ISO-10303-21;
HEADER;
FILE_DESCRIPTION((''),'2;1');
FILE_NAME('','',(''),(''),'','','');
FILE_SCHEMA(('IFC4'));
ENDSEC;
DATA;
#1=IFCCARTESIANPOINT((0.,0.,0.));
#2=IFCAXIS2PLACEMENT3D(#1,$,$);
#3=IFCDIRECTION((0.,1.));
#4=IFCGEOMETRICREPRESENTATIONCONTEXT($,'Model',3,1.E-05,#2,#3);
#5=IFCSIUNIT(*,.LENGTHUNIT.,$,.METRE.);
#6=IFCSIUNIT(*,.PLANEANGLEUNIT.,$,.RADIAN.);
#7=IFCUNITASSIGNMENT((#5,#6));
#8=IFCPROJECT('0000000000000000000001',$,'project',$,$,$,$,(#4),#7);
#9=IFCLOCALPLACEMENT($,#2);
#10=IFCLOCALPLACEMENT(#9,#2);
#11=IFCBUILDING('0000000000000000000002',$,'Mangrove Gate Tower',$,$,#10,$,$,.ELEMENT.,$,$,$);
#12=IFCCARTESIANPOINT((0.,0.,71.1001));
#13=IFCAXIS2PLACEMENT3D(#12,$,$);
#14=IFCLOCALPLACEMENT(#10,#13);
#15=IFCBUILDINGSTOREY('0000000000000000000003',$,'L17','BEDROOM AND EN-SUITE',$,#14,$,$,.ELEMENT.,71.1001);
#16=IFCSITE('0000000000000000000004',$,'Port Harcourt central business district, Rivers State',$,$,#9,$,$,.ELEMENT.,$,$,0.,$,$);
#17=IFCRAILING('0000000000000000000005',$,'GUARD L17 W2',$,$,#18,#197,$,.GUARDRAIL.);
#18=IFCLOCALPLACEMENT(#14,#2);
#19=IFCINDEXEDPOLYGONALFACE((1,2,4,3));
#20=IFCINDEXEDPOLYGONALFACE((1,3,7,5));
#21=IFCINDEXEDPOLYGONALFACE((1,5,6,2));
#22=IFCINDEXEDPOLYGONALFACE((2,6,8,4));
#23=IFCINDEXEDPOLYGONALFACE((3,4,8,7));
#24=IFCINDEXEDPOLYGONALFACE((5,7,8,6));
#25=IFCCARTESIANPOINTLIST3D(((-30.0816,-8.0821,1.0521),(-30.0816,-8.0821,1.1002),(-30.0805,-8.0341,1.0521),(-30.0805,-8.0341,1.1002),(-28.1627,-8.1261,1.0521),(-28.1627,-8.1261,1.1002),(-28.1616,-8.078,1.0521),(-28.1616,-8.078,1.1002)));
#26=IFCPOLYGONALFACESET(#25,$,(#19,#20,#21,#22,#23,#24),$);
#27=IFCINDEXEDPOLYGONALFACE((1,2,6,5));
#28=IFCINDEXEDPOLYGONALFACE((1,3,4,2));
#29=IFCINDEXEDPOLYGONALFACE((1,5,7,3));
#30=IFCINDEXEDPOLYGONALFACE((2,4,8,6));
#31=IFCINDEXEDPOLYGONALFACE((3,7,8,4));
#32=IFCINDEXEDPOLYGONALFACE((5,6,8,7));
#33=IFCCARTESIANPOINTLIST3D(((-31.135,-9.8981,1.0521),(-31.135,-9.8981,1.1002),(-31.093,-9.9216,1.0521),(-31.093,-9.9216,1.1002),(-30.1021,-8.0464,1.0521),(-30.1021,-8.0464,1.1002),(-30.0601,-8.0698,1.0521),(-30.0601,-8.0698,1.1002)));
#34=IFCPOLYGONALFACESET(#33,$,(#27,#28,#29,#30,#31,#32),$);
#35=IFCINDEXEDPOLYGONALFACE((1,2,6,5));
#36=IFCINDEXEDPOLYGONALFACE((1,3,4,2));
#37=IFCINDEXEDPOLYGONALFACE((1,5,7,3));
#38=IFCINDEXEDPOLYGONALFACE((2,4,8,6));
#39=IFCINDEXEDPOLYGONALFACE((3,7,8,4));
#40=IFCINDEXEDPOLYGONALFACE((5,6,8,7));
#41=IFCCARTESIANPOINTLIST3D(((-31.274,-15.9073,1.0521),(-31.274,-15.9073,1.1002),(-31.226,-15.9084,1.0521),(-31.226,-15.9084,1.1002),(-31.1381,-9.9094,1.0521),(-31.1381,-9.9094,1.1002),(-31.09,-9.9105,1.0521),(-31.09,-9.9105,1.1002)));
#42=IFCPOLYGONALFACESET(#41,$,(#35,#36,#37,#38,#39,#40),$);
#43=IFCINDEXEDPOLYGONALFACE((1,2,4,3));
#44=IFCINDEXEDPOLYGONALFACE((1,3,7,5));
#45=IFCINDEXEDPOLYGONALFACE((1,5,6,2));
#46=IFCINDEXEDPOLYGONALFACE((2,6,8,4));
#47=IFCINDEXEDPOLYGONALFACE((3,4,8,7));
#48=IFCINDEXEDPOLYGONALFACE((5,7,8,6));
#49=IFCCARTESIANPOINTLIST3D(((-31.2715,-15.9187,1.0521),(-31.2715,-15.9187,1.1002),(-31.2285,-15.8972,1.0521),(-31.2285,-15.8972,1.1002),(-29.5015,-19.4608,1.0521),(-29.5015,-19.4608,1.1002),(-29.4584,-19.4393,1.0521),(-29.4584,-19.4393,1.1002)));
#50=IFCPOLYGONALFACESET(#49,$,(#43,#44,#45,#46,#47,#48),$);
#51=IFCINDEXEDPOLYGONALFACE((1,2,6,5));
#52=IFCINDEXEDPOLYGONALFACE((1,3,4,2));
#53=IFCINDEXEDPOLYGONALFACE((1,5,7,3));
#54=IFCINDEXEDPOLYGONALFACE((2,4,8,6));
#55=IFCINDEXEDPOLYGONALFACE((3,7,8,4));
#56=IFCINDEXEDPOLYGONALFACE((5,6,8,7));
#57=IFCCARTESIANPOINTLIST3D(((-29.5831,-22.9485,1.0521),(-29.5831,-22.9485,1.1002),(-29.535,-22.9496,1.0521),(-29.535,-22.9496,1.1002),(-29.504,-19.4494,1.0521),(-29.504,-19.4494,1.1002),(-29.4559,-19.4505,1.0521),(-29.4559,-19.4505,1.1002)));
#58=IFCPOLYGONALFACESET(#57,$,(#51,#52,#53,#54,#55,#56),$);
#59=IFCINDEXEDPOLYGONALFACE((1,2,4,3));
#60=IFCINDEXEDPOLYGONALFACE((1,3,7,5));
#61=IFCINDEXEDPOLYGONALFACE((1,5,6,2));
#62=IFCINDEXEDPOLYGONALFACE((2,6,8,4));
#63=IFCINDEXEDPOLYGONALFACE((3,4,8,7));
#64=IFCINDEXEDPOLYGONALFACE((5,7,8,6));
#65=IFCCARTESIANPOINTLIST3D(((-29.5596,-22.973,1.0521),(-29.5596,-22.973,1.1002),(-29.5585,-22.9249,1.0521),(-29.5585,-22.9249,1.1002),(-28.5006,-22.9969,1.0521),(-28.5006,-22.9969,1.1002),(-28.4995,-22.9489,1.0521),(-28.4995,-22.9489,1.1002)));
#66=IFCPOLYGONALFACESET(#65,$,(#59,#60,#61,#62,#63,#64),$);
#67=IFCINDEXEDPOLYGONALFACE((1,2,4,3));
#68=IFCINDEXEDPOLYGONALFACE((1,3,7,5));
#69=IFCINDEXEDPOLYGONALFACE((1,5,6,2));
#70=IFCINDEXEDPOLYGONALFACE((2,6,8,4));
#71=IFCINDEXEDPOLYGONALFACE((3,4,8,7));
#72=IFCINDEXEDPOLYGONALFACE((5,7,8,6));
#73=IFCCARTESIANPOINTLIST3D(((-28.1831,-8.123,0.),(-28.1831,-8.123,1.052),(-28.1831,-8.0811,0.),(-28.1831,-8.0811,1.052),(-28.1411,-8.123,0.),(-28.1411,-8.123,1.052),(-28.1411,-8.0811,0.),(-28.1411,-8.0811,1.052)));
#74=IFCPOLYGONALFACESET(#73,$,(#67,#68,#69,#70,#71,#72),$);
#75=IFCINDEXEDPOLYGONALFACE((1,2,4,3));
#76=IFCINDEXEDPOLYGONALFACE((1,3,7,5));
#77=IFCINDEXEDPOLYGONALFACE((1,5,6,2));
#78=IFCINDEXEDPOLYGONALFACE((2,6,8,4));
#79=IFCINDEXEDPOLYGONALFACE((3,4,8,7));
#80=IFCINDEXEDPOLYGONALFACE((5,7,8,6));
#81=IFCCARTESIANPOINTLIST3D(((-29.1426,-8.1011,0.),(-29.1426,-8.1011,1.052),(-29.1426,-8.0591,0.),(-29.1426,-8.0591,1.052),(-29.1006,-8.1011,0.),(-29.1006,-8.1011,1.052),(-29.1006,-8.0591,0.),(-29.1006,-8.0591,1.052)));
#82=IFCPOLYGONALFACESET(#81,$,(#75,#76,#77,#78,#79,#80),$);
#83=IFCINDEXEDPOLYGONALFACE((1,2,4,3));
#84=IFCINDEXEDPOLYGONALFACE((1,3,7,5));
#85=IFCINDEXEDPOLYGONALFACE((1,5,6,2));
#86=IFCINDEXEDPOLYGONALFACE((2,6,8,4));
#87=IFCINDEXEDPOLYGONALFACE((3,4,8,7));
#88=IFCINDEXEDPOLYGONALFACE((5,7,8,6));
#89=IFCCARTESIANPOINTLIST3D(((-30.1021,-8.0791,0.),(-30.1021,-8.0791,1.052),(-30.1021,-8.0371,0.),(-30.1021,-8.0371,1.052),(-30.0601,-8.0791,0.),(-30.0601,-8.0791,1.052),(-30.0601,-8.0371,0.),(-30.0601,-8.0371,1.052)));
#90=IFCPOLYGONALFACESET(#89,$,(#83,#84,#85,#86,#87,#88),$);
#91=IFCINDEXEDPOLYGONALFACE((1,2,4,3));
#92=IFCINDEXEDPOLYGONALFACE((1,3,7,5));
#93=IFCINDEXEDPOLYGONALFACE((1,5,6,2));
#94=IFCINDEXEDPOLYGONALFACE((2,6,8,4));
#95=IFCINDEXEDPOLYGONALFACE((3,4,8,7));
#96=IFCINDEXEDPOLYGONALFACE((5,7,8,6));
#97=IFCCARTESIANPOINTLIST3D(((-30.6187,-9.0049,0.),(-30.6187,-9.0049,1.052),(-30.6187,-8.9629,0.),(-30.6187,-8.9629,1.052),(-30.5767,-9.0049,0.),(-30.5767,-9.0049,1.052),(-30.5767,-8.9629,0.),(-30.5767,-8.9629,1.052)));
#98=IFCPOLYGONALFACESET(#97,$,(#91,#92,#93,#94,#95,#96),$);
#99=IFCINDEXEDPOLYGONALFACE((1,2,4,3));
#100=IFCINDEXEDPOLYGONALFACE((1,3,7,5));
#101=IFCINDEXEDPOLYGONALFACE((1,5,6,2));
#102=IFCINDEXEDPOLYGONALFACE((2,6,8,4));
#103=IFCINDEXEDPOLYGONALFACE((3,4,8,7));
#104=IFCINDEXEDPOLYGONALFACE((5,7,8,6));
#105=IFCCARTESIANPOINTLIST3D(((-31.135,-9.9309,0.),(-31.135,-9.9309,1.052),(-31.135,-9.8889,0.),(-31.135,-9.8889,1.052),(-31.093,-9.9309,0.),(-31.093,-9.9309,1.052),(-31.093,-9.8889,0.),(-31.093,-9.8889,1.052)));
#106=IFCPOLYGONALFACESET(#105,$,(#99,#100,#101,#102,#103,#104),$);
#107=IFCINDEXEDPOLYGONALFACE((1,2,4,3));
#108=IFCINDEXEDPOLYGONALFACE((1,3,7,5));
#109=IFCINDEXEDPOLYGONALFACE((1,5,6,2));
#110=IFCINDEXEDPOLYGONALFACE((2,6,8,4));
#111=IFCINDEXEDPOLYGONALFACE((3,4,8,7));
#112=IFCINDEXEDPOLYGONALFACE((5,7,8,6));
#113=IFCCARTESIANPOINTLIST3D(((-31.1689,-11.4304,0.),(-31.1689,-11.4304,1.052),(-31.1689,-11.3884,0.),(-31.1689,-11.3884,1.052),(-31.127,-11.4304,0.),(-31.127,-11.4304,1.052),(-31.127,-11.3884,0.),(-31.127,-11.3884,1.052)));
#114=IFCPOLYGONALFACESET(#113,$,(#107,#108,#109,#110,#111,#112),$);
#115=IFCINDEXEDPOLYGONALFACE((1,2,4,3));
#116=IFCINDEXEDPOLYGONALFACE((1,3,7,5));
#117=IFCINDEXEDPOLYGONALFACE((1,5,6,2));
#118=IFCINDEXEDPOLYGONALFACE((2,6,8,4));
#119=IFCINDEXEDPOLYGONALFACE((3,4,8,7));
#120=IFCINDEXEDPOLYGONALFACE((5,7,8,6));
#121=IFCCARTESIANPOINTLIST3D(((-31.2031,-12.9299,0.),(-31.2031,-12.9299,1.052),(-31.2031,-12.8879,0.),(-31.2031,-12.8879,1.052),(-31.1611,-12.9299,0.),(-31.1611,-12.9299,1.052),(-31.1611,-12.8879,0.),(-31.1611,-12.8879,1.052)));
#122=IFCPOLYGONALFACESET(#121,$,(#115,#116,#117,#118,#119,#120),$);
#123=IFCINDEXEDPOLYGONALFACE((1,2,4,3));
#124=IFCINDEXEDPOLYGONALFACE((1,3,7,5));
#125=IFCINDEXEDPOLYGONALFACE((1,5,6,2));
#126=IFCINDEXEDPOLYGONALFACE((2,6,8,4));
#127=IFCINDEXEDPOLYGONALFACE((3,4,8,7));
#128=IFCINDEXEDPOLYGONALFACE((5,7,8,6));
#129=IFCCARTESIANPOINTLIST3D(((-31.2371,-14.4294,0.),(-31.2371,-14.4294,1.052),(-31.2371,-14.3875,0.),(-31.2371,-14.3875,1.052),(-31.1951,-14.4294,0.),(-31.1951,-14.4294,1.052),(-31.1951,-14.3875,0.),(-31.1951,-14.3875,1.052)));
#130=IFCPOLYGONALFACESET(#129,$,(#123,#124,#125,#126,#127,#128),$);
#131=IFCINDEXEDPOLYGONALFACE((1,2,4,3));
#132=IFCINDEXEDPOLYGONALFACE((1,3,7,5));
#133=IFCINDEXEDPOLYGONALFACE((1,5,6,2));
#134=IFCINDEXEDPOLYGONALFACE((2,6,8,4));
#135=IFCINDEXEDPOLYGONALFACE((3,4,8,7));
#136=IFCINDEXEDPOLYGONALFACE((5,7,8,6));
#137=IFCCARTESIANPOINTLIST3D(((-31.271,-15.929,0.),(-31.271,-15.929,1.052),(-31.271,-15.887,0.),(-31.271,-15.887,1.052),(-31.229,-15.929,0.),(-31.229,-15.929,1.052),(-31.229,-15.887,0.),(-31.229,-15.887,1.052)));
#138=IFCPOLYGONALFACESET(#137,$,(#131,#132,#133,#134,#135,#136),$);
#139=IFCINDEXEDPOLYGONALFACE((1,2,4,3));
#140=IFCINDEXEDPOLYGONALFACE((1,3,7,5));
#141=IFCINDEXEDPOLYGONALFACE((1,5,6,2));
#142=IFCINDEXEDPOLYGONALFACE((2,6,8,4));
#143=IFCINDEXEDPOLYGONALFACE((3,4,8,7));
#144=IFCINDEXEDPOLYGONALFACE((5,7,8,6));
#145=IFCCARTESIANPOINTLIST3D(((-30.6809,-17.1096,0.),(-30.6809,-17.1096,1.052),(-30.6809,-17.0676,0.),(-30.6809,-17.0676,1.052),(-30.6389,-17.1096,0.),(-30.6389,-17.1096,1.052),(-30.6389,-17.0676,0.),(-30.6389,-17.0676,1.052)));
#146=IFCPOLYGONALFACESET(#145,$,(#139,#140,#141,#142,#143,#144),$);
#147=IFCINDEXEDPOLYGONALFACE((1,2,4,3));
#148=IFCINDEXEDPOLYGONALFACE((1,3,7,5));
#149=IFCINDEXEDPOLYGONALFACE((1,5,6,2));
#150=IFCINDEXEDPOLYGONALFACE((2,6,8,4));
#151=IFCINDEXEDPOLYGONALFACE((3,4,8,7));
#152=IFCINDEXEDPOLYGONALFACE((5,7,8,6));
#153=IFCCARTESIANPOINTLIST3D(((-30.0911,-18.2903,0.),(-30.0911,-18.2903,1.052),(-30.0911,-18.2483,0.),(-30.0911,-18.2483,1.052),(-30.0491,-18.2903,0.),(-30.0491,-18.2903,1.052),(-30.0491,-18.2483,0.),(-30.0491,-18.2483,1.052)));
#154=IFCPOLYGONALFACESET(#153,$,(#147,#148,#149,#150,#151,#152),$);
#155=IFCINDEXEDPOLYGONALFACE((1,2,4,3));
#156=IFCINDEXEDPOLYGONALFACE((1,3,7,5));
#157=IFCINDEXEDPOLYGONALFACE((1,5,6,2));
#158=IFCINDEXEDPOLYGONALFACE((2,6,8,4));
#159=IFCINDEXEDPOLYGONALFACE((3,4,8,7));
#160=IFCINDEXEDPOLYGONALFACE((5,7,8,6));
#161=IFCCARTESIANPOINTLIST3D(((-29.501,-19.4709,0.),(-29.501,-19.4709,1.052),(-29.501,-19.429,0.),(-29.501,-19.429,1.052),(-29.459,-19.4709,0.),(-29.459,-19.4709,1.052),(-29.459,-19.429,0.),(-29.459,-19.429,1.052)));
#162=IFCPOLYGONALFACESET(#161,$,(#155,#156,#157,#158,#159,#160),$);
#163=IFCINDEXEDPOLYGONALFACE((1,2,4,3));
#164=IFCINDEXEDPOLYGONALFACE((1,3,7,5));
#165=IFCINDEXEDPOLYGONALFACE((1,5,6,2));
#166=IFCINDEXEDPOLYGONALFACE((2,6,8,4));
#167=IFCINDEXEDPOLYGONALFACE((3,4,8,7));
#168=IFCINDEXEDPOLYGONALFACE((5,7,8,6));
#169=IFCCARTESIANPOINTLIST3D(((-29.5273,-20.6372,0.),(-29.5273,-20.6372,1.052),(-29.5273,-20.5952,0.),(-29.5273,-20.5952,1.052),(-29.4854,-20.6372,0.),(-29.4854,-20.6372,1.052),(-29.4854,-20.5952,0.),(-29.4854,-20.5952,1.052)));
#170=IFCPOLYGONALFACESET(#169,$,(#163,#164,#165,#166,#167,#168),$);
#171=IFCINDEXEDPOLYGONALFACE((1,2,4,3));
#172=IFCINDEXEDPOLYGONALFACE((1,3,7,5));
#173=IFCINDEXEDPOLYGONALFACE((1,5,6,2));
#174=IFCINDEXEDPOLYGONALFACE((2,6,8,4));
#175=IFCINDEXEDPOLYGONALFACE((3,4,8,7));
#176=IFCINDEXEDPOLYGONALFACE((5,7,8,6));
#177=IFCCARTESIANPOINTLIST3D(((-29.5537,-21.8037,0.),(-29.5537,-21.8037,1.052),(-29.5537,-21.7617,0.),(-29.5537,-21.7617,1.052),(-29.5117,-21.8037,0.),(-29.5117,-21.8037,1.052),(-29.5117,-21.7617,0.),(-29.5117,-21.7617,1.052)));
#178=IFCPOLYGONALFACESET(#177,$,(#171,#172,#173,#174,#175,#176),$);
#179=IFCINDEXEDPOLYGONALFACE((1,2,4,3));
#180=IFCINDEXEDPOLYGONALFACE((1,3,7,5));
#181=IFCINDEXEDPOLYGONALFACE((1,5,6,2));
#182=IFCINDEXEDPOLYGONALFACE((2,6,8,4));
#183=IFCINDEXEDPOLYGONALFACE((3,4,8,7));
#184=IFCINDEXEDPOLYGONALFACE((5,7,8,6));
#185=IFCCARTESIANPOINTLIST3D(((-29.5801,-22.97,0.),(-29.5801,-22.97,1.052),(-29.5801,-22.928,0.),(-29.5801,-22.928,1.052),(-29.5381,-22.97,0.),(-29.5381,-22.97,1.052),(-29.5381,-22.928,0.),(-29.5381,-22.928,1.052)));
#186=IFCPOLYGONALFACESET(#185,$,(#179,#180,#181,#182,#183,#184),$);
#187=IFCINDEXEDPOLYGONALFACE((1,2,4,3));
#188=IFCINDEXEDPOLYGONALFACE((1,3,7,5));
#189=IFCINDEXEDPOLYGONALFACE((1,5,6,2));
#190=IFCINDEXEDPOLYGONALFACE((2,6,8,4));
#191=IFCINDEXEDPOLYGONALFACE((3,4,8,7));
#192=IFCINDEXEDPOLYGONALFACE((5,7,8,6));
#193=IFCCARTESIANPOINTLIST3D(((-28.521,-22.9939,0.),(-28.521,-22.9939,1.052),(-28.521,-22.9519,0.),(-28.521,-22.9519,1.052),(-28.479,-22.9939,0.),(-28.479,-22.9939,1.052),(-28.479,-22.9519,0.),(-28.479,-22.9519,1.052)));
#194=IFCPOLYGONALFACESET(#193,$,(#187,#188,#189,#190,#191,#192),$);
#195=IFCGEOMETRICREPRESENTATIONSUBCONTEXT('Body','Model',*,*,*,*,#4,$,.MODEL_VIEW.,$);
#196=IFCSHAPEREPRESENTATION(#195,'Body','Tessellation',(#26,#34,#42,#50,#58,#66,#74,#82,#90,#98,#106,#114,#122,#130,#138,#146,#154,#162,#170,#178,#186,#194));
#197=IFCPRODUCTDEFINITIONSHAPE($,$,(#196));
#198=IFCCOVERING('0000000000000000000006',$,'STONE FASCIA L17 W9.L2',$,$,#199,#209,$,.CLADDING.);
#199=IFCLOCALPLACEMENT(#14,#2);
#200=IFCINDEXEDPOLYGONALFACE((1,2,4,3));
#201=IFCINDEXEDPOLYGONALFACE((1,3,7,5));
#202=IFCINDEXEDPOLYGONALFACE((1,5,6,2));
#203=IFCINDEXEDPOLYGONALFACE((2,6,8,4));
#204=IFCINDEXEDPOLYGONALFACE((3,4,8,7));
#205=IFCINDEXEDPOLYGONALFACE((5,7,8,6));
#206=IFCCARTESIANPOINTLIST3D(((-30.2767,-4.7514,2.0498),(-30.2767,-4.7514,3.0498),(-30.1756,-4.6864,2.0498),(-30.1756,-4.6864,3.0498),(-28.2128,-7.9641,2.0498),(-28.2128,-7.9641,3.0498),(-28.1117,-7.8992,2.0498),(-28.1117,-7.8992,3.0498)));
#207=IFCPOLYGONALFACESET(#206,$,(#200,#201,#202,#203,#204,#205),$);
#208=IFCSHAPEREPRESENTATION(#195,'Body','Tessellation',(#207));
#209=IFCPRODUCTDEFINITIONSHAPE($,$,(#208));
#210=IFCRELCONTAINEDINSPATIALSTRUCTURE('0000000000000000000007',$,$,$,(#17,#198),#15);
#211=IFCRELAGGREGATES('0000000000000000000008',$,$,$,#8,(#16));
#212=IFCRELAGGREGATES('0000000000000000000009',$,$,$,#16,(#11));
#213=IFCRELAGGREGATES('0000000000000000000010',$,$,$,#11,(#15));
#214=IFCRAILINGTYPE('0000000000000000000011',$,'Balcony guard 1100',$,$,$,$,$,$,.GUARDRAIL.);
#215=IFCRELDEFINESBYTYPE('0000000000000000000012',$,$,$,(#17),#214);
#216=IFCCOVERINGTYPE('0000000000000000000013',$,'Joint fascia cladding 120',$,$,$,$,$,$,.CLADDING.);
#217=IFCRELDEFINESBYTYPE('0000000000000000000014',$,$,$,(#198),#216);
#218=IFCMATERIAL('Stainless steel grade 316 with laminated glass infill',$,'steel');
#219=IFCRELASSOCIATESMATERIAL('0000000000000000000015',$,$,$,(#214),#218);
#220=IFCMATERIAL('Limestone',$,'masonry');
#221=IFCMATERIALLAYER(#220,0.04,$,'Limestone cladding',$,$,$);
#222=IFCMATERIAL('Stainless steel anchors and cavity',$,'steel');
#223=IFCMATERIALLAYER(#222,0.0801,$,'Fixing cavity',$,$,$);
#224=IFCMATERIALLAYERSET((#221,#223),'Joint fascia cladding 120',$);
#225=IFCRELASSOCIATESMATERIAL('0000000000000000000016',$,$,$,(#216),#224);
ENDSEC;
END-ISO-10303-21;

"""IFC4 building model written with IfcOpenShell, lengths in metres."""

from ifc_helpers import new_model, si_unit, direction, frame, frame_2d, origin, origin_2d, place, context, subcontext, project, spatial, rectangle, extrude, material, layer, layer_set, type_object, element, save


model = new_model("IFC4")

# Units and contexts
model_context = context("Model", 3, precision=1e-05, world=origin(), true_north=direction((0.0, 1.0)))
body_context = subcontext(model_context, "Body", "Model", "MODEL_VIEW")
ifc_project = project(units=[si_unit("LENGTHUNIT", "METRE"), si_unit("PLANEANGLEUNIT", "RADIAN")], contexts=[model_context])

# Site, building, storey
site_placement = place(None, origin())
site = spatial("IfcSite", under=ifc_project, at=site_placement, Name="Port Harcourt central business district, Rivers State", CompositionType="ELEMENT", RefElevation=0.0)
building_placement = place(site_placement, origin())
building = spatial("IfcBuilding", under=site, at=building_placement, Name="Mangrove Gate Tower", CompositionType="ELEMENT")
storey_placement = place(building_placement, frame((0.0, 0.0, 71.1001)))
storey = spatial("IfcBuildingStorey", under=building, at=storey_placement, Name="L17", Description="BEDROOM AND EN-SUITE", CompositionType="ELEMENT", Elevation=71.1001)

# Shared definitions
ifc_material_1 = material(Name="Limestone", Category="masonry")

# Railing
ifc_material_2 = material(Name="Stainless steel grade 316 with laminated glass infill", Category="steel")
railing_type = type_object("IfcRailingType", Name="Balcony guard 1100", PredefinedType="GUARDRAIL", material=ifc_material_2)
railing_placement = place(storey_placement, frame((-28.1621, -8.1021, 0.0)))
element("IfcRailing", 1, at=railing_placement, inside=storey, type_object=railing_type, Name="GUARD L17 W2", PredefinedType="GUARDRAIL", context=body_context, shape_type="SweptSolid", body=[
    extrude(rectangle(XDim=0.0481, YDim=0.0481, at=origin_2d()), frame((0.0, 0.0, 1.0762), z_axis=(-0.999738, 0.022895, 0.0), x_axis=(-0.022895, -0.999738, 0.0)), (0.0, 0.0, 1.0), 1.9194),
    extrude(rectangle(XDim=0.0481, YDim=0.0481, at=origin_2d()), frame((-1.9189, 0.0439, 1.0762), z_axis=(-0.487148, -0.87332, 0.0), x_axis=(0.87332, -0.487148, 0.0)), (0.0, 0.0, 1.0), 2.1204),
    extrude(rectangle(XDim=0.0481, YDim=0.0481, at=origin_2d()), frame((-2.9519, -1.8079, 1.0762), z_axis=(-0.022666, -0.999743, 0.0), x_axis=(0.999743, -0.022666, 0.0)), (0.0, 0.0, 1.0), 5.9995),
    extrude(rectangle(XDim=0.0481, YDim=0.0481, at=origin_2d()), frame((-3.0879, -7.8059, 1.0762), z_axis=(0.447016, -0.894526, 0.0), x_axis=(0.894526, 0.447016, 0.0)), (0.0, 0.0, 1.0), 3.9597),
    extrude(rectangle(XDim=0.0481, YDim=0.0481, at=origin_2d()), frame((-1.3179, -11.3479, 1.0762), z_axis=(-0.022601, -0.999745, 0.0), x_axis=(0.999745, -0.022601, 0.0)), (0.0, 0.0, 1.0), 3.5),
    extrude(rectangle(XDim=0.0481, YDim=0.0481, at=origin_2d()), frame((-1.397, -14.8469, 1.0762), z_axis=(0.999745, -0.022585, 0.0), x_axis=(0.022585, 0.999745, 0.0)), (0.0, 0.0, 1.0), 1.0593),
    extrude(rectangle(XDim=0.042, YDim=0.042, at=origin_2d()), origin(), (0.0, 0.0, 1.0), 1.052),
    extrude(rectangle(XDim=0.042, YDim=0.042, at=origin_2d()), frame((-0.9595, 0.022, 0.0)), (0.0, 0.0, 1.0), 1.052),
    extrude(rectangle(XDim=0.042, YDim=0.042, at=origin_2d()), frame((-1.9189, 0.0439, 0.0)), (0.0, 0.0, 1.0), 1.052),
    extrude(rectangle(XDim=0.042, YDim=0.042, at=origin_2d()), frame((-2.4355, -0.8818, 0.0)), (0.0, 0.0, 1.0), 1.052),
    extrude(rectangle(XDim=0.042, YDim=0.042, at=origin_2d()), frame((-2.9519, -1.8079, 0.0)), (0.0, 0.0, 1.0), 1.052),
    extrude(rectangle(XDim=0.042, YDim=0.042, at=origin_2d()), frame((-2.9858, -3.3074, 0.0)), (0.0, 0.0, 1.0), 1.052),
    extrude(rectangle(XDim=0.042, YDim=0.042, at=origin_2d()), frame((-3.02, -4.8069, 0.0)), (0.0, 0.0, 1.0), 1.052),
    extrude(rectangle(XDim=0.042, YDim=0.042, at=origin_2d()), frame((-3.054, -6.3064, 0.0)), (0.0, 0.0, 1.0), 1.052),
    extrude(rectangle(XDim=0.042, YDim=0.042, at=origin_2d()), frame((-3.0879, -7.8059, 0.0)), (0.0, 0.0, 1.0), 1.052),
    extrude(rectangle(XDim=0.042, YDim=0.042, at=origin_2d()), frame((-2.4978, -8.9866, 0.0)), (0.0, 0.0, 1.0), 1.052),
    extrude(rectangle(XDim=0.042, YDim=0.042, at=origin_2d()), frame((-1.908, -10.1672, 0.0)), (0.0, 0.0, 1.0), 1.052),
    extrude(rectangle(XDim=0.042, YDim=0.042, at=origin_2d()), frame((-1.3179, -11.3479, 0.0)), (0.0, 0.0, 1.0), 1.052),
    extrude(rectangle(XDim=0.042, YDim=0.042, at=origin_2d()), frame((-1.3442, -12.5142, 0.0)), (0.0, 0.0, 1.0), 1.052),
    extrude(rectangle(XDim=0.042, YDim=0.042, at=origin_2d()), frame((-1.3706, -13.6807, 0.0)), (0.0, 0.0, 1.0), 1.052),
    extrude(rectangle(XDim=0.042, YDim=0.042, at=origin_2d()), frame((-1.397, -14.8469, 0.0)), (0.0, 0.0, 1.0), 1.052),
    extrude(rectangle(XDim=0.042, YDim=0.042, at=origin_2d()), frame((-0.3379, -14.8708, 0.0)), (0.0, 0.0, 1.0), 1.052),
])

# Covering
ifc_layer_1 = layer(ifc_material_1, 0.04, Name="Limestone cladding")
ifc_material_3 = material(Name="Stainless steel anchors and cavity", Category="steel")
ifc_layer_2 = layer(ifc_material_3, 0.0801, Name="Fixing cavity")
ifc_layer_set_1 = layer_set([ifc_layer_1, ifc_layer_2], Name="Joint fascia cladding 120")
covering_type = type_object("IfcCoveringType", Name="Joint fascia cladding 120", PredefinedType="CLADDING", material=ifc_layer_set_1)
covering_placement = place(storey_placement, frame((-30.2261, -4.719, 2.0498), z_axis=(0.0, 0.0, 1.0), x_axis=(0.540486, -0.841353, 0.0)))
element("IfcCovering", 2, at=covering_placement, inside=storey, type_object=covering_type, Name="STONE FASCIA L17 W9.L2", PredefinedType="CLADDING", context=body_context, shape_type="SweptSolid", body=[
    extrude(rectangle(XDim=3.8186, YDim=0.1201, at=frame_2d((1.9092, 0.0))), origin(), (0.0, 0.0, 1.0), 1.0),
])

save(model, "model.ifc")
